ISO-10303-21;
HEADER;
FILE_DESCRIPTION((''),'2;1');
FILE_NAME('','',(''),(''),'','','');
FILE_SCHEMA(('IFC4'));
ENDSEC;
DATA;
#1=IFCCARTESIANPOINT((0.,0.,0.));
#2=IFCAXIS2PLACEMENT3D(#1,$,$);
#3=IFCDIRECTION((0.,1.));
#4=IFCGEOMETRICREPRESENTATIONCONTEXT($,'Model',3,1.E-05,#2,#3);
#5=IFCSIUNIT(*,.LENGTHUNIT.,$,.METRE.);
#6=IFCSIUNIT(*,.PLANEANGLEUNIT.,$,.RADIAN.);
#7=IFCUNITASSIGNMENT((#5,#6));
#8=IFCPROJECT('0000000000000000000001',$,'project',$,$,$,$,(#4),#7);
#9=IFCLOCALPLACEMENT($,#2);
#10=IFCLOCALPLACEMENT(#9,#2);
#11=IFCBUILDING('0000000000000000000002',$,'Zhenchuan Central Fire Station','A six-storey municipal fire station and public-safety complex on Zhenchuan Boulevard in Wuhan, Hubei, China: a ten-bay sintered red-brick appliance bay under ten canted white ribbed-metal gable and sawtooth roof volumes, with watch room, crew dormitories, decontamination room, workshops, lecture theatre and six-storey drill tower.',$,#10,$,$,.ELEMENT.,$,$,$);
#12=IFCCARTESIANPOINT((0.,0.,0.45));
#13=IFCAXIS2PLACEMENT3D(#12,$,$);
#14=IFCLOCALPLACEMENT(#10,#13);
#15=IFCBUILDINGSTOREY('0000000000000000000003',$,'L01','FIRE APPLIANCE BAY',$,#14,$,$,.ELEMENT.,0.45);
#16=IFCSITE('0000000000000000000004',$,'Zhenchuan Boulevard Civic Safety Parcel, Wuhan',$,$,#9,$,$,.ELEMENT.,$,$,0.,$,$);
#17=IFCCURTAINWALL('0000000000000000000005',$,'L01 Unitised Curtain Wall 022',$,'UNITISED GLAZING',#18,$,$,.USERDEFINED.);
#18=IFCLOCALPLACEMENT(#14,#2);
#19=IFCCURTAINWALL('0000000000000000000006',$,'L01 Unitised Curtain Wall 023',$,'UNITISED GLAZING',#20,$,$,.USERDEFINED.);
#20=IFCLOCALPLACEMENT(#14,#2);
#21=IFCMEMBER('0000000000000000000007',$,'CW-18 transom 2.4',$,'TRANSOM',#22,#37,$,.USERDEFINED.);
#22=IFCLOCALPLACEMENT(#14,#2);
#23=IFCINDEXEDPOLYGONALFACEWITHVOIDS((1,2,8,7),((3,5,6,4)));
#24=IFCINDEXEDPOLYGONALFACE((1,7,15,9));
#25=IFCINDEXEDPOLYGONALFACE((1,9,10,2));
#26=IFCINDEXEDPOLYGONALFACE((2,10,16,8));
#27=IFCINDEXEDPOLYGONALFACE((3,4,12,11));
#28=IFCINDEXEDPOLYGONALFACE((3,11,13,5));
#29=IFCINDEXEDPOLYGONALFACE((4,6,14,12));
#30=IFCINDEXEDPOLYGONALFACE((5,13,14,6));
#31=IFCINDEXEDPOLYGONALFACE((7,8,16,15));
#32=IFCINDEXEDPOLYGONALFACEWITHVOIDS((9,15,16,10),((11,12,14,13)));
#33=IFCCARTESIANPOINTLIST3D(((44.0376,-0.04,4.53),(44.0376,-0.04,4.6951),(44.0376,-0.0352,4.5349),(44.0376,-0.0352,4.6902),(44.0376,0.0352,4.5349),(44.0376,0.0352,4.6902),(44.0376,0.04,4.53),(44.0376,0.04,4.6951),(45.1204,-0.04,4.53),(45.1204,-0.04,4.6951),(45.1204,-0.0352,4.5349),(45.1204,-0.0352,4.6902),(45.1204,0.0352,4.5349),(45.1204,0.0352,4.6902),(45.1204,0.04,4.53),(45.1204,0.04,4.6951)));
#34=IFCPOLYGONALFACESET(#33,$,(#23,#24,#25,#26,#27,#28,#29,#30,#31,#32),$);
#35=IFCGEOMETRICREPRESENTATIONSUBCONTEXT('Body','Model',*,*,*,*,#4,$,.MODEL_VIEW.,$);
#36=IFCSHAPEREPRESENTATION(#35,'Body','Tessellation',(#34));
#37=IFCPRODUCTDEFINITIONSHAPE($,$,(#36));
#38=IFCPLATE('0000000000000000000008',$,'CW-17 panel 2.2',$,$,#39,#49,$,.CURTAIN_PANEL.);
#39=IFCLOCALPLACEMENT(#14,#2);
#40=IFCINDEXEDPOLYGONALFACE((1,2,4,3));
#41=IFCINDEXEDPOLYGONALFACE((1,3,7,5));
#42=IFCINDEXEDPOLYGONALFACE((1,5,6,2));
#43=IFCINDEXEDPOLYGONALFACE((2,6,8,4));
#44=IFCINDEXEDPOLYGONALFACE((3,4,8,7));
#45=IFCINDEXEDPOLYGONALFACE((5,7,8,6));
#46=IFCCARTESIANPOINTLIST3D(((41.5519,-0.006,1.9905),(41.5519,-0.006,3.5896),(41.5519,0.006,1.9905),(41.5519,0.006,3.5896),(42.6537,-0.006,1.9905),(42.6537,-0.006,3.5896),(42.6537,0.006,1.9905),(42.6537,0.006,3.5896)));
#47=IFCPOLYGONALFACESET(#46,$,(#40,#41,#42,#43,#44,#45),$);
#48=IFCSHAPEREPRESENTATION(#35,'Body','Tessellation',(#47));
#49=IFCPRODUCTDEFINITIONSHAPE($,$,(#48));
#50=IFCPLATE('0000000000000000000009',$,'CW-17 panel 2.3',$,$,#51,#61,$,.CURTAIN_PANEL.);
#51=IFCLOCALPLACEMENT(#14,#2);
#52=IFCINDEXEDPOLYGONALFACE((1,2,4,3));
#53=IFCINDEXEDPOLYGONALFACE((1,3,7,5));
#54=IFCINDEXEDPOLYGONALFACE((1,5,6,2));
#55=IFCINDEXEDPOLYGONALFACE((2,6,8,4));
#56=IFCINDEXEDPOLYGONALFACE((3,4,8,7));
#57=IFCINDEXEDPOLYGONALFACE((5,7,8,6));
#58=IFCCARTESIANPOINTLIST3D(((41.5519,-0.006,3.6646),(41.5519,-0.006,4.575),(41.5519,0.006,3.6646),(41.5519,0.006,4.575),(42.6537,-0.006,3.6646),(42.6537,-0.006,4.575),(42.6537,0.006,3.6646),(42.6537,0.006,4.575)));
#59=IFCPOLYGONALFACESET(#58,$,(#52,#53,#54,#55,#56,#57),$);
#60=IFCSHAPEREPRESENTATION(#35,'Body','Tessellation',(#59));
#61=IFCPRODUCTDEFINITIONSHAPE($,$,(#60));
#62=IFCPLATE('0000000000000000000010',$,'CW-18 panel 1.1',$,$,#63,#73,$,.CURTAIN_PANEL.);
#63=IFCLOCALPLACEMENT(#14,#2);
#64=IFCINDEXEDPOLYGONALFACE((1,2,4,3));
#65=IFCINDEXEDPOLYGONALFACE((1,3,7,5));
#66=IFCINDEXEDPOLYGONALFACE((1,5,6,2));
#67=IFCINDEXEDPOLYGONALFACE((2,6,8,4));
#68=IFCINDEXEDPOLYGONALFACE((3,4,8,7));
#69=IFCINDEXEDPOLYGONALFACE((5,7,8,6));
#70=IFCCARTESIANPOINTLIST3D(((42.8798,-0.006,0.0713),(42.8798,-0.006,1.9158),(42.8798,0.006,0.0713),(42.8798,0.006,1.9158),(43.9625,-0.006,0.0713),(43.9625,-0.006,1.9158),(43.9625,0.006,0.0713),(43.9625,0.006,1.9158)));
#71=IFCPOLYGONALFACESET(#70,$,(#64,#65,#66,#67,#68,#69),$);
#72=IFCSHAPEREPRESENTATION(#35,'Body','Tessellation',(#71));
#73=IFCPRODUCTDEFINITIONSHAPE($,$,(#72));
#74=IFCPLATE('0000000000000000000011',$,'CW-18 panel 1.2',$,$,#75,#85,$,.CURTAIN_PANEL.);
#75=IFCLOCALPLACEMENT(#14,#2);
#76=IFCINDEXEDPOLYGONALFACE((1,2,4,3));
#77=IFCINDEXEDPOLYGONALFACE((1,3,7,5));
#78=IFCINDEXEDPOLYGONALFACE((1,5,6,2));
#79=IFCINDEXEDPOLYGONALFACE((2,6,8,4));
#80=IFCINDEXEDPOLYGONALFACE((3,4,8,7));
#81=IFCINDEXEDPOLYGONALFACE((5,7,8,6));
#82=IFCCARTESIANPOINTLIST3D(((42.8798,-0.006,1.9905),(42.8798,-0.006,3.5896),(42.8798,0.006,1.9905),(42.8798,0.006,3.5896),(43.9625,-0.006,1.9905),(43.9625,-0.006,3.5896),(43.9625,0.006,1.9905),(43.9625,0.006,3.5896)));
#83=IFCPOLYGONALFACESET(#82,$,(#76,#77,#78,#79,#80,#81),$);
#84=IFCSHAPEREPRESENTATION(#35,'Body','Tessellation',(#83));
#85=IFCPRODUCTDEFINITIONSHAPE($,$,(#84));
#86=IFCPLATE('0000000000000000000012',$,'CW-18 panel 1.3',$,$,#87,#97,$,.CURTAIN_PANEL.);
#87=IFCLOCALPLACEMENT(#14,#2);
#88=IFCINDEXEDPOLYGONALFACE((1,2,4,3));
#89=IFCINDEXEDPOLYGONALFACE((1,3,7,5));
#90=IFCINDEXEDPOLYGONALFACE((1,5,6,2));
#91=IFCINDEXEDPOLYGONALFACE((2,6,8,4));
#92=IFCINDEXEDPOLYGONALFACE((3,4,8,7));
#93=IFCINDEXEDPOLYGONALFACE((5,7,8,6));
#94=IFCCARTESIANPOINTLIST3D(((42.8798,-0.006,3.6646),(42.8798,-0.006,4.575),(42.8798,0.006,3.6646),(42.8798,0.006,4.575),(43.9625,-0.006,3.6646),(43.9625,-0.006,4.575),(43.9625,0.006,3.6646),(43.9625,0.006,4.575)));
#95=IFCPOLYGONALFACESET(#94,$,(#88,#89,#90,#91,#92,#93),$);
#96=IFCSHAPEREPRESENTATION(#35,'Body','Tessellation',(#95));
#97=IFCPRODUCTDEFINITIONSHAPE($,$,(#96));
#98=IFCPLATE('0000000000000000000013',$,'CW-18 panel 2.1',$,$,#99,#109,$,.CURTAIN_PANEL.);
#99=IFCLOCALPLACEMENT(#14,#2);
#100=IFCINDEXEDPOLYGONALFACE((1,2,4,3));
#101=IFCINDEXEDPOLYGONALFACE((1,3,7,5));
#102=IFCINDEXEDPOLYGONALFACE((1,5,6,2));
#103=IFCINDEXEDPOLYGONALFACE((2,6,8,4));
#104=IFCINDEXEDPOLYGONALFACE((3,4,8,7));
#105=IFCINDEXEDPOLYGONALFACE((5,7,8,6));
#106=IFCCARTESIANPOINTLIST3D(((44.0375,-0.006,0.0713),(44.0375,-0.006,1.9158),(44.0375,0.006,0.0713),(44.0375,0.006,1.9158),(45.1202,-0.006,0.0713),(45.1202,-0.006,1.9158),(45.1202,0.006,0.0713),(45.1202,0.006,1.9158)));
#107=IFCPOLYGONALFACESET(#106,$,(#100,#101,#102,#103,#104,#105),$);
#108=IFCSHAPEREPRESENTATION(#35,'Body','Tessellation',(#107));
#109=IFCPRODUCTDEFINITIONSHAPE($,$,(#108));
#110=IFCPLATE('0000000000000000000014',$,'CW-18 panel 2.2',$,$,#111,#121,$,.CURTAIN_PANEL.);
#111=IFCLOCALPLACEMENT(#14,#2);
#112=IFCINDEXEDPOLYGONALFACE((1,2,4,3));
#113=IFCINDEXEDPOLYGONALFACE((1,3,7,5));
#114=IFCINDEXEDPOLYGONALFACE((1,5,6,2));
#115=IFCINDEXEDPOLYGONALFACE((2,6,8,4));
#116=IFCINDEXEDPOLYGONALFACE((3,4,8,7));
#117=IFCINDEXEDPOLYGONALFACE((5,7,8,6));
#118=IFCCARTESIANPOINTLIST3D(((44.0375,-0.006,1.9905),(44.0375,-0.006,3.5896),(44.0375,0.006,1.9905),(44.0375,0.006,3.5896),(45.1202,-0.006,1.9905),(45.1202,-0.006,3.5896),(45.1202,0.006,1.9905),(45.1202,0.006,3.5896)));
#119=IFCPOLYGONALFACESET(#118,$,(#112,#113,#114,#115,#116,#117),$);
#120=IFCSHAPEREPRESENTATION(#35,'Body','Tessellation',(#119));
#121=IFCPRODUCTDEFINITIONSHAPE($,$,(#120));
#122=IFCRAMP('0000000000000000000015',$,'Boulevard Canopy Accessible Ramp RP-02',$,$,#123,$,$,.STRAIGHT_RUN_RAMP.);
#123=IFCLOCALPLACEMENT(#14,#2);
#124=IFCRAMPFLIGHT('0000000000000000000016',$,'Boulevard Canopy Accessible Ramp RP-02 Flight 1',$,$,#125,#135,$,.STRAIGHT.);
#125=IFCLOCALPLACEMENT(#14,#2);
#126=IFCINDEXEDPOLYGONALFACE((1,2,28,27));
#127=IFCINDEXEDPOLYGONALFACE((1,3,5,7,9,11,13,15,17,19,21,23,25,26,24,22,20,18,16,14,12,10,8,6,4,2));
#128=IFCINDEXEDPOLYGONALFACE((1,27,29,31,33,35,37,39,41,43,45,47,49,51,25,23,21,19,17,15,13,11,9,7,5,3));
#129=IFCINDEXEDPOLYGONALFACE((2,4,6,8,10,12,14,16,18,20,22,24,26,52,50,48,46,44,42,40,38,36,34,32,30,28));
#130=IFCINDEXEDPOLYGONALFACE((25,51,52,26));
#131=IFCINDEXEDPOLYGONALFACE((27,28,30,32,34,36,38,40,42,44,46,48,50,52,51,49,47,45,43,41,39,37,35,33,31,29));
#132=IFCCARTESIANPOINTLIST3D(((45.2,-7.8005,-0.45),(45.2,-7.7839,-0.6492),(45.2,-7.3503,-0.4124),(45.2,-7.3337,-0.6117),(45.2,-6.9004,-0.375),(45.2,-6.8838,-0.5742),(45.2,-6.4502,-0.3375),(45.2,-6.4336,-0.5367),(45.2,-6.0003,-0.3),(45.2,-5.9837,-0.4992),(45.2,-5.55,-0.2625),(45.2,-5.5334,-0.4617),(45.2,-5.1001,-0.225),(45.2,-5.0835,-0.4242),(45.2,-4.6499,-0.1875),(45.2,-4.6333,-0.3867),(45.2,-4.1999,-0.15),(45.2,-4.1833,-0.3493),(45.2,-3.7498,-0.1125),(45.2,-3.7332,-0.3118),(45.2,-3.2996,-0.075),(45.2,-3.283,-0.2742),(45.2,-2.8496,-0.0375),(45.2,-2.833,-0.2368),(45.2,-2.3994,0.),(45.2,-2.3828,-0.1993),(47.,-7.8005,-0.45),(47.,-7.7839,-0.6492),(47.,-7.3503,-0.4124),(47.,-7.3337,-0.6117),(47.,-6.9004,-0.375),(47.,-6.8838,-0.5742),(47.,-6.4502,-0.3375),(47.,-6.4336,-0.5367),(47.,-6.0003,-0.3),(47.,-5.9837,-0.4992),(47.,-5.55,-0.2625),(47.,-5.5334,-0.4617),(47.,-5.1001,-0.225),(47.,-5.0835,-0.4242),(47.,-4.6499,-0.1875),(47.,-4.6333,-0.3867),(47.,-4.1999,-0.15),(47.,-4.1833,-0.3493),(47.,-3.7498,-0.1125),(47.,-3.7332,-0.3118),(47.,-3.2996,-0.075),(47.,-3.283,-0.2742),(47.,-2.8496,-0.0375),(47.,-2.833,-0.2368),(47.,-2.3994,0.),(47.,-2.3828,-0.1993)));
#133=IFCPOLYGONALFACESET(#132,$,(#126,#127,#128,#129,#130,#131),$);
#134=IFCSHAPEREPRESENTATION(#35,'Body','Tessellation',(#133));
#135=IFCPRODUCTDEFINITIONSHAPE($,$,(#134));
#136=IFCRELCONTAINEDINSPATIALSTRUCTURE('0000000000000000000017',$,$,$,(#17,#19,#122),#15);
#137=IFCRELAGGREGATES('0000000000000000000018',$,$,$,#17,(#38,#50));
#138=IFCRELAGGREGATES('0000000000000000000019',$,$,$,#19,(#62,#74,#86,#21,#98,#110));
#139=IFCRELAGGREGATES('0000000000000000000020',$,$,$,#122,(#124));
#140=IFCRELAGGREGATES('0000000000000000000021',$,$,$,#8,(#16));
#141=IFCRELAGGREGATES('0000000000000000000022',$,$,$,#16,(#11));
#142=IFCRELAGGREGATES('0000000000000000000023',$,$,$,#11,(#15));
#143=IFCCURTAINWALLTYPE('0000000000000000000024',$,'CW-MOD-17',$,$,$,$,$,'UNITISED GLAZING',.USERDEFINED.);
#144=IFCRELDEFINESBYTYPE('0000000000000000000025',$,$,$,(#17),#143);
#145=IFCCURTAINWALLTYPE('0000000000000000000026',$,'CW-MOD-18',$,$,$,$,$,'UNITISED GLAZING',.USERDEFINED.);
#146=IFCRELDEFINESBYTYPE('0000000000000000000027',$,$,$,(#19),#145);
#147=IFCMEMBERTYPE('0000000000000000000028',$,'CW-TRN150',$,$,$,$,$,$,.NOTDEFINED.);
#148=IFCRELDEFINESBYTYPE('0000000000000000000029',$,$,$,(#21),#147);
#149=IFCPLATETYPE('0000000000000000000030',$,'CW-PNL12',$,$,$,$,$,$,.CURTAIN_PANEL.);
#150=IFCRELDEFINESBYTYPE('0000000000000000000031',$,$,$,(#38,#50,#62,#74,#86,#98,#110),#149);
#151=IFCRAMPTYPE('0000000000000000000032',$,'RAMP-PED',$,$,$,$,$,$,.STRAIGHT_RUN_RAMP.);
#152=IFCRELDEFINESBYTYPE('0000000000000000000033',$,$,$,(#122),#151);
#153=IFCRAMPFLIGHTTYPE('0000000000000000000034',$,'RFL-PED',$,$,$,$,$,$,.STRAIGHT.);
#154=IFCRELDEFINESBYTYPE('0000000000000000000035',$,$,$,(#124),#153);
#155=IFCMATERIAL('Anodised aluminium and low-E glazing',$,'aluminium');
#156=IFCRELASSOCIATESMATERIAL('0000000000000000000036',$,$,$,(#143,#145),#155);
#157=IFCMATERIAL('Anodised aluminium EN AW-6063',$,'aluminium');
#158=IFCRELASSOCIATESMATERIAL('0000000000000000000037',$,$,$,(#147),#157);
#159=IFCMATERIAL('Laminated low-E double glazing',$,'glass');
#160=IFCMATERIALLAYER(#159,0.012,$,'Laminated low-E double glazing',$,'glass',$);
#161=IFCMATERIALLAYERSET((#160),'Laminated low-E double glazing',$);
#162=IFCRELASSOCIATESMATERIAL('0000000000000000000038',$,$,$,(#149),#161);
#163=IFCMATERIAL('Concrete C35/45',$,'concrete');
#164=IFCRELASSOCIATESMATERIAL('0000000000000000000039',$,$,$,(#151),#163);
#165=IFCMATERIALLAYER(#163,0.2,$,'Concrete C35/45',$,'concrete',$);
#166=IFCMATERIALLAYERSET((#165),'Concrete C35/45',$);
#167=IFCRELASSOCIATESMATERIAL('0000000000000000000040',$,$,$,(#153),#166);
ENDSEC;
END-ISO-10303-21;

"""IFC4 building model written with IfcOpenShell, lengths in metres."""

from ifc_helpers import new_model, si_unit, direction, frame, origin, origin_2d, place, context, subcontext, project, spatial, polyline, rectangle, hollow_rectangle, outline, extrude, material, layer, layer_set, material_profile, profile_set, type_object, element, aggregate, save


model = new_model("IFC4")

# Units and contexts
model_context = context("Model", 3, precision=1e-05, world=origin(), true_north=direction((0.0, 1.0)))
body_context = subcontext(model_context, "Body", "Model", "MODEL_VIEW")
ifc_project = project(units=[si_unit("LENGTHUNIT", "METRE"), si_unit("PLANEANGLEUNIT", "RADIAN")], contexts=[model_context])

# Site, building, storey
site_placement = place(None, origin())
site = spatial("IfcSite", under=ifc_project, at=site_placement, Name="Zhenchuan Boulevard Civic Safety Parcel, Wuhan", CompositionType="ELEMENT", RefElevation=0.0)
building_placement = place(site_placement, origin())
building = spatial("IfcBuilding", under=site, at=building_placement, Name="Zhenchuan Central Fire Station", Description="A six-storey municipal fire station and public-safety complex on Zhenchuan Boulevard in Wuhan, Hubei, China: a ten-bay sintered red-brick appliance bay under ten canted white ribbed-metal gable and sawtooth roof volumes, with watch room, crew dormitories, decontamination room, workshops, lecture theatre and six-storey drill tower.", CompositionType="ELEMENT")
storey_placement = place(building_placement, frame((0.0, 0.0, 0.45)))
storey = spatial("IfcBuildingStorey", under=building, at=storey_placement, Name="L01", Description="FIRE APPLIANCE BAY", CompositionType="ELEMENT", Elevation=0.45)

# Shared definitions
ifc_material_1 = material(Name="Concrete C35/45", Category="concrete")

# Curtain wall
ifc_material_2 = material(Name="Anodised aluminium and low-E glazing", Category="aluminium")
curtain_wall_type_1 = type_object("IfcCurtainWallType", Name="CW-MOD-17", ElementType="UNITISED GLAZING", PredefinedType="USERDEFINED", material=ifc_material_2)
curtain_wall_1_placement = place(storey_placement, origin())
curtain_wall_1 = element("IfcCurtainWall", 1, at=curtain_wall_1_placement, inside=storey, type_object=curtain_wall_type_1, Name="L01 Unitised Curtain Wall 022", ObjectType="UNITISED GLAZING", PredefinedType="USERDEFINED")
ifc_material_3 = material(Name="Anodised aluminium EN AW-6063", Category="aluminium")

# Curtain wall, member
curtain_wall_type_2 = type_object("IfcCurtainWallType", Name="CW-MOD-18", ElementType="UNITISED GLAZING", PredefinedType="USERDEFINED", material=ifc_material_2)
curtain_wall_2_placement = place(storey_placement, origin())
curtain_wall_2 = element("IfcCurtainWall", 2, at=curtain_wall_2_placement, inside=storey, type_object=curtain_wall_type_2, Name="L01 Unitised Curtain Wall 023", ObjectType="UNITISED GLAZING", PredefinedType="USERDEFINED")
ifc_material_profile_1 = material_profile(ifc_material_3, hollow_rectangle(XDim=0.0801, YDim=0.165, WallThickness=0.0049, at=origin_2d()), Name="ALU-T 165x80")
ifc_profile_set_1 = profile_set([ifc_material_profile_1], Name="Anodised aluminium EN AW-6063")
member_type_1 = type_object("IfcMemberType", Name="CW-TRN150", PredefinedType="NOTDEFINED", material=ifc_profile_set_1)
member_1_placement = place(storey_placement, frame((44.0376, 0.0, 4.6125), z_axis=(1.0, 0.0, 0.0), x_axis=(0.0, 1.0, 0.0)))
member_1 = element("IfcMember", 3, at=member_1_placement, type_object=member_type_1, Name="CW-18 transom 2.4", ObjectType="TRANSOM", PredefinedType="USERDEFINED", context=body_context, shape_type="SweptSolid", body=[
    extrude(hollow_rectangle(XDim=0.0801, YDim=0.165, WallThickness=0.0049, at=origin_2d()), origin(), (0.0, 0.0, 1.0), 1.0828),
])

# Plates
ifc_material_4 = material(Name="Laminated low-E double glazing", Category="glass")
ifc_layer_1 = layer(ifc_material_4, 0.012, Name="Laminated low-E double glazing", Category="glass")
ifc_layer_set_1 = layer_set([ifc_layer_1], Name="Laminated low-E double glazing")
plate_type = type_object("IfcPlateType", Name="CW-PNL12", PredefinedType="CURTAIN_PANEL", material=ifc_layer_set_1)
plate_1_placement = place(storey_placement, frame((42.1028, 0.0, 1.9905), z_axis=(0.0, 0.0, 1.0), x_axis=(1.0, 0.0, 0.0)))
plate_1 = element("IfcPlate", 4, at=plate_1_placement, type_object=plate_type, Name="CW-17 panel 2.2", PredefinedType="CURTAIN_PANEL", context=body_context, shape_type="SweptSolid", body=[
    extrude(rectangle(XDim=1.1018, YDim=0.012, at=origin_2d()), origin(), (0.0, 0.0, 1.0), 1.5991),
])
plate_2_placement = place(storey_placement, frame((42.1028, 0.0, 3.6646), z_axis=(0.0, 0.0, 1.0), x_axis=(1.0, 0.0, 0.0)))
plate_2 = element("IfcPlate", 5, at=plate_2_placement, type_object=plate_type, Name="CW-17 panel 2.3", PredefinedType="CURTAIN_PANEL", context=body_context, shape_type="SweptSolid", body=[
    extrude(rectangle(XDim=1.1018, YDim=0.012, at=origin_2d()), origin(), (0.0, 0.0, 1.0), 0.9104),
])
aggregate(curtain_wall_1, [plate_1, plate_2])
plate_3_placement = place(storey_placement, frame((43.4211, 0.0, 0.0713), z_axis=(0.0, 0.0, 1.0), x_axis=(1.0, 0.0, 0.0)))
plate_3 = element("IfcPlate", 6, at=plate_3_placement, type_object=plate_type, Name="CW-18 panel 1.1", PredefinedType="CURTAIN_PANEL", context=body_context, shape_type="SweptSolid", body=[
    extrude(rectangle(XDim=1.0828, YDim=0.012, at=origin_2d()), origin(), (0.0, 0.0, 1.0), 1.8445),
])
plate_4_placement = place(storey_placement, frame((43.4211, 0.0, 1.9905), z_axis=(0.0, 0.0, 1.0), x_axis=(1.0, 0.0, 0.0)))
plate_4 = element("IfcPlate", 7, at=plate_4_placement, type_object=plate_type, Name="CW-18 panel 1.2", PredefinedType="CURTAIN_PANEL", context=body_context, shape_type="SweptSolid", body=[
    extrude(rectangle(XDim=1.0828, YDim=0.012, at=origin_2d()), origin(), (0.0, 0.0, 1.0), 1.5991),
])
plate_5_placement = place(storey_placement, frame((43.4211, 0.0, 3.6646), z_axis=(0.0, 0.0, 1.0), x_axis=(1.0, 0.0, 0.0)))
plate_5 = element("IfcPlate", 8, at=plate_5_placement, type_object=plate_type, Name="CW-18 panel 1.3", PredefinedType="CURTAIN_PANEL", context=body_context, shape_type="SweptSolid", body=[
    extrude(rectangle(XDim=1.0828, YDim=0.012, at=origin_2d()), origin(), (0.0, 0.0, 1.0), 0.9104),
])
plate_6_placement = place(storey_placement, frame((44.5789, 0.0, 0.0713), z_axis=(0.0, 0.0, 1.0), x_axis=(1.0, 0.0, 0.0)))
plate_6 = element("IfcPlate", 9, at=plate_6_placement, type_object=plate_type, Name="CW-18 panel 2.1", PredefinedType="CURTAIN_PANEL", context=body_context, shape_type="SweptSolid", body=[
    extrude(rectangle(XDim=1.0828, YDim=0.012, at=origin_2d()), origin(), (0.0, 0.0, 1.0), 1.8445),
])
plate_7_placement = place(storey_placement, frame((44.5789, 0.0, 1.9905), z_axis=(0.0, 0.0, 1.0), x_axis=(1.0, 0.0, 0.0)))
plate_7 = element("IfcPlate", 10, at=plate_7_placement, type_object=plate_type, Name="CW-18 panel 2.2", PredefinedType="CURTAIN_PANEL", context=body_context, shape_type="SweptSolid", body=[
    extrude(rectangle(XDim=1.0828, YDim=0.012, at=origin_2d()), origin(), (0.0, 0.0, 1.0), 1.5991),
])
aggregate(curtain_wall_2, [plate_3, plate_4, plate_5, member_1, plate_6, plate_7])

# Ramp, ramp flight
ramp_type = type_object("IfcRampType", Name="RAMP-PED", PredefinedType="STRAIGHT_RUN_RAMP", material=ifc_material_1)
ramp_placement = place(storey_placement, origin())
ramp = element("IfcRamp", 11, at=ramp_placement, inside=storey, type_object=ramp_type, Name="Boulevard Canopy Accessible Ramp RP-02", PredefinedType="STRAIGHT_RUN_RAMP")
ifc_layer_2 = layer(ifc_material_1, 0.2, Name="Concrete C35/45", Category="concrete")
ifc_layer_set_2 = layer_set([ifc_layer_2], Name="Concrete C35/45")
ramp_flight_type = type_object("IfcRampFlightType", Name="RFL-PED", PredefinedType="STRAIGHT", material=ifc_layer_set_2)
ramp_flight_placement = place(storey_placement, frame((45.2, -7.8005, -0.45), z_axis=(0.0, -0.083019, 0.996548), x_axis=(0.0, 0.996548, 0.083019)))
ramp_flight = element("IfcRampFlight", 12, at=ramp_flight_placement, type_object=ramp_flight_type, Name="Boulevard Canopy Accessible Ramp RP-02 Flight 1", PredefinedType="STRAIGHT", context=body_context, shape_type="SweptSolid", body=[
    extrude(outline(polyline([(0.0, 0.0), (0.4518, 0.0), (0.9033, 0.0), (1.355, 0.0), (1.8065, 0.0), (2.2583, 0.0), (2.7098, 0.0), (3.1615, 0.0), (3.6131, 0.0), (4.0648, 0.0), (4.5166, 0.0), (4.9681, 0.0), (5.4198, 0.0), (5.4198, -1.8), (4.9681, -1.8), (4.5166, -1.8), (4.0648, -1.8), (3.6131, -1.8), (3.1615, -1.8), (2.7098, -1.8), (2.2583, -1.8), (1.8065, -1.8), (1.355, -1.8), (0.9033, -1.8), (0.4518, -1.8), (0.0, -1.8), (0.0, 0.0)])), origin(), (0.0, 0.0, -1.0), 0.2),
])
aggregate(ramp, [ramp_flight])

save(model, "model.ifc")
